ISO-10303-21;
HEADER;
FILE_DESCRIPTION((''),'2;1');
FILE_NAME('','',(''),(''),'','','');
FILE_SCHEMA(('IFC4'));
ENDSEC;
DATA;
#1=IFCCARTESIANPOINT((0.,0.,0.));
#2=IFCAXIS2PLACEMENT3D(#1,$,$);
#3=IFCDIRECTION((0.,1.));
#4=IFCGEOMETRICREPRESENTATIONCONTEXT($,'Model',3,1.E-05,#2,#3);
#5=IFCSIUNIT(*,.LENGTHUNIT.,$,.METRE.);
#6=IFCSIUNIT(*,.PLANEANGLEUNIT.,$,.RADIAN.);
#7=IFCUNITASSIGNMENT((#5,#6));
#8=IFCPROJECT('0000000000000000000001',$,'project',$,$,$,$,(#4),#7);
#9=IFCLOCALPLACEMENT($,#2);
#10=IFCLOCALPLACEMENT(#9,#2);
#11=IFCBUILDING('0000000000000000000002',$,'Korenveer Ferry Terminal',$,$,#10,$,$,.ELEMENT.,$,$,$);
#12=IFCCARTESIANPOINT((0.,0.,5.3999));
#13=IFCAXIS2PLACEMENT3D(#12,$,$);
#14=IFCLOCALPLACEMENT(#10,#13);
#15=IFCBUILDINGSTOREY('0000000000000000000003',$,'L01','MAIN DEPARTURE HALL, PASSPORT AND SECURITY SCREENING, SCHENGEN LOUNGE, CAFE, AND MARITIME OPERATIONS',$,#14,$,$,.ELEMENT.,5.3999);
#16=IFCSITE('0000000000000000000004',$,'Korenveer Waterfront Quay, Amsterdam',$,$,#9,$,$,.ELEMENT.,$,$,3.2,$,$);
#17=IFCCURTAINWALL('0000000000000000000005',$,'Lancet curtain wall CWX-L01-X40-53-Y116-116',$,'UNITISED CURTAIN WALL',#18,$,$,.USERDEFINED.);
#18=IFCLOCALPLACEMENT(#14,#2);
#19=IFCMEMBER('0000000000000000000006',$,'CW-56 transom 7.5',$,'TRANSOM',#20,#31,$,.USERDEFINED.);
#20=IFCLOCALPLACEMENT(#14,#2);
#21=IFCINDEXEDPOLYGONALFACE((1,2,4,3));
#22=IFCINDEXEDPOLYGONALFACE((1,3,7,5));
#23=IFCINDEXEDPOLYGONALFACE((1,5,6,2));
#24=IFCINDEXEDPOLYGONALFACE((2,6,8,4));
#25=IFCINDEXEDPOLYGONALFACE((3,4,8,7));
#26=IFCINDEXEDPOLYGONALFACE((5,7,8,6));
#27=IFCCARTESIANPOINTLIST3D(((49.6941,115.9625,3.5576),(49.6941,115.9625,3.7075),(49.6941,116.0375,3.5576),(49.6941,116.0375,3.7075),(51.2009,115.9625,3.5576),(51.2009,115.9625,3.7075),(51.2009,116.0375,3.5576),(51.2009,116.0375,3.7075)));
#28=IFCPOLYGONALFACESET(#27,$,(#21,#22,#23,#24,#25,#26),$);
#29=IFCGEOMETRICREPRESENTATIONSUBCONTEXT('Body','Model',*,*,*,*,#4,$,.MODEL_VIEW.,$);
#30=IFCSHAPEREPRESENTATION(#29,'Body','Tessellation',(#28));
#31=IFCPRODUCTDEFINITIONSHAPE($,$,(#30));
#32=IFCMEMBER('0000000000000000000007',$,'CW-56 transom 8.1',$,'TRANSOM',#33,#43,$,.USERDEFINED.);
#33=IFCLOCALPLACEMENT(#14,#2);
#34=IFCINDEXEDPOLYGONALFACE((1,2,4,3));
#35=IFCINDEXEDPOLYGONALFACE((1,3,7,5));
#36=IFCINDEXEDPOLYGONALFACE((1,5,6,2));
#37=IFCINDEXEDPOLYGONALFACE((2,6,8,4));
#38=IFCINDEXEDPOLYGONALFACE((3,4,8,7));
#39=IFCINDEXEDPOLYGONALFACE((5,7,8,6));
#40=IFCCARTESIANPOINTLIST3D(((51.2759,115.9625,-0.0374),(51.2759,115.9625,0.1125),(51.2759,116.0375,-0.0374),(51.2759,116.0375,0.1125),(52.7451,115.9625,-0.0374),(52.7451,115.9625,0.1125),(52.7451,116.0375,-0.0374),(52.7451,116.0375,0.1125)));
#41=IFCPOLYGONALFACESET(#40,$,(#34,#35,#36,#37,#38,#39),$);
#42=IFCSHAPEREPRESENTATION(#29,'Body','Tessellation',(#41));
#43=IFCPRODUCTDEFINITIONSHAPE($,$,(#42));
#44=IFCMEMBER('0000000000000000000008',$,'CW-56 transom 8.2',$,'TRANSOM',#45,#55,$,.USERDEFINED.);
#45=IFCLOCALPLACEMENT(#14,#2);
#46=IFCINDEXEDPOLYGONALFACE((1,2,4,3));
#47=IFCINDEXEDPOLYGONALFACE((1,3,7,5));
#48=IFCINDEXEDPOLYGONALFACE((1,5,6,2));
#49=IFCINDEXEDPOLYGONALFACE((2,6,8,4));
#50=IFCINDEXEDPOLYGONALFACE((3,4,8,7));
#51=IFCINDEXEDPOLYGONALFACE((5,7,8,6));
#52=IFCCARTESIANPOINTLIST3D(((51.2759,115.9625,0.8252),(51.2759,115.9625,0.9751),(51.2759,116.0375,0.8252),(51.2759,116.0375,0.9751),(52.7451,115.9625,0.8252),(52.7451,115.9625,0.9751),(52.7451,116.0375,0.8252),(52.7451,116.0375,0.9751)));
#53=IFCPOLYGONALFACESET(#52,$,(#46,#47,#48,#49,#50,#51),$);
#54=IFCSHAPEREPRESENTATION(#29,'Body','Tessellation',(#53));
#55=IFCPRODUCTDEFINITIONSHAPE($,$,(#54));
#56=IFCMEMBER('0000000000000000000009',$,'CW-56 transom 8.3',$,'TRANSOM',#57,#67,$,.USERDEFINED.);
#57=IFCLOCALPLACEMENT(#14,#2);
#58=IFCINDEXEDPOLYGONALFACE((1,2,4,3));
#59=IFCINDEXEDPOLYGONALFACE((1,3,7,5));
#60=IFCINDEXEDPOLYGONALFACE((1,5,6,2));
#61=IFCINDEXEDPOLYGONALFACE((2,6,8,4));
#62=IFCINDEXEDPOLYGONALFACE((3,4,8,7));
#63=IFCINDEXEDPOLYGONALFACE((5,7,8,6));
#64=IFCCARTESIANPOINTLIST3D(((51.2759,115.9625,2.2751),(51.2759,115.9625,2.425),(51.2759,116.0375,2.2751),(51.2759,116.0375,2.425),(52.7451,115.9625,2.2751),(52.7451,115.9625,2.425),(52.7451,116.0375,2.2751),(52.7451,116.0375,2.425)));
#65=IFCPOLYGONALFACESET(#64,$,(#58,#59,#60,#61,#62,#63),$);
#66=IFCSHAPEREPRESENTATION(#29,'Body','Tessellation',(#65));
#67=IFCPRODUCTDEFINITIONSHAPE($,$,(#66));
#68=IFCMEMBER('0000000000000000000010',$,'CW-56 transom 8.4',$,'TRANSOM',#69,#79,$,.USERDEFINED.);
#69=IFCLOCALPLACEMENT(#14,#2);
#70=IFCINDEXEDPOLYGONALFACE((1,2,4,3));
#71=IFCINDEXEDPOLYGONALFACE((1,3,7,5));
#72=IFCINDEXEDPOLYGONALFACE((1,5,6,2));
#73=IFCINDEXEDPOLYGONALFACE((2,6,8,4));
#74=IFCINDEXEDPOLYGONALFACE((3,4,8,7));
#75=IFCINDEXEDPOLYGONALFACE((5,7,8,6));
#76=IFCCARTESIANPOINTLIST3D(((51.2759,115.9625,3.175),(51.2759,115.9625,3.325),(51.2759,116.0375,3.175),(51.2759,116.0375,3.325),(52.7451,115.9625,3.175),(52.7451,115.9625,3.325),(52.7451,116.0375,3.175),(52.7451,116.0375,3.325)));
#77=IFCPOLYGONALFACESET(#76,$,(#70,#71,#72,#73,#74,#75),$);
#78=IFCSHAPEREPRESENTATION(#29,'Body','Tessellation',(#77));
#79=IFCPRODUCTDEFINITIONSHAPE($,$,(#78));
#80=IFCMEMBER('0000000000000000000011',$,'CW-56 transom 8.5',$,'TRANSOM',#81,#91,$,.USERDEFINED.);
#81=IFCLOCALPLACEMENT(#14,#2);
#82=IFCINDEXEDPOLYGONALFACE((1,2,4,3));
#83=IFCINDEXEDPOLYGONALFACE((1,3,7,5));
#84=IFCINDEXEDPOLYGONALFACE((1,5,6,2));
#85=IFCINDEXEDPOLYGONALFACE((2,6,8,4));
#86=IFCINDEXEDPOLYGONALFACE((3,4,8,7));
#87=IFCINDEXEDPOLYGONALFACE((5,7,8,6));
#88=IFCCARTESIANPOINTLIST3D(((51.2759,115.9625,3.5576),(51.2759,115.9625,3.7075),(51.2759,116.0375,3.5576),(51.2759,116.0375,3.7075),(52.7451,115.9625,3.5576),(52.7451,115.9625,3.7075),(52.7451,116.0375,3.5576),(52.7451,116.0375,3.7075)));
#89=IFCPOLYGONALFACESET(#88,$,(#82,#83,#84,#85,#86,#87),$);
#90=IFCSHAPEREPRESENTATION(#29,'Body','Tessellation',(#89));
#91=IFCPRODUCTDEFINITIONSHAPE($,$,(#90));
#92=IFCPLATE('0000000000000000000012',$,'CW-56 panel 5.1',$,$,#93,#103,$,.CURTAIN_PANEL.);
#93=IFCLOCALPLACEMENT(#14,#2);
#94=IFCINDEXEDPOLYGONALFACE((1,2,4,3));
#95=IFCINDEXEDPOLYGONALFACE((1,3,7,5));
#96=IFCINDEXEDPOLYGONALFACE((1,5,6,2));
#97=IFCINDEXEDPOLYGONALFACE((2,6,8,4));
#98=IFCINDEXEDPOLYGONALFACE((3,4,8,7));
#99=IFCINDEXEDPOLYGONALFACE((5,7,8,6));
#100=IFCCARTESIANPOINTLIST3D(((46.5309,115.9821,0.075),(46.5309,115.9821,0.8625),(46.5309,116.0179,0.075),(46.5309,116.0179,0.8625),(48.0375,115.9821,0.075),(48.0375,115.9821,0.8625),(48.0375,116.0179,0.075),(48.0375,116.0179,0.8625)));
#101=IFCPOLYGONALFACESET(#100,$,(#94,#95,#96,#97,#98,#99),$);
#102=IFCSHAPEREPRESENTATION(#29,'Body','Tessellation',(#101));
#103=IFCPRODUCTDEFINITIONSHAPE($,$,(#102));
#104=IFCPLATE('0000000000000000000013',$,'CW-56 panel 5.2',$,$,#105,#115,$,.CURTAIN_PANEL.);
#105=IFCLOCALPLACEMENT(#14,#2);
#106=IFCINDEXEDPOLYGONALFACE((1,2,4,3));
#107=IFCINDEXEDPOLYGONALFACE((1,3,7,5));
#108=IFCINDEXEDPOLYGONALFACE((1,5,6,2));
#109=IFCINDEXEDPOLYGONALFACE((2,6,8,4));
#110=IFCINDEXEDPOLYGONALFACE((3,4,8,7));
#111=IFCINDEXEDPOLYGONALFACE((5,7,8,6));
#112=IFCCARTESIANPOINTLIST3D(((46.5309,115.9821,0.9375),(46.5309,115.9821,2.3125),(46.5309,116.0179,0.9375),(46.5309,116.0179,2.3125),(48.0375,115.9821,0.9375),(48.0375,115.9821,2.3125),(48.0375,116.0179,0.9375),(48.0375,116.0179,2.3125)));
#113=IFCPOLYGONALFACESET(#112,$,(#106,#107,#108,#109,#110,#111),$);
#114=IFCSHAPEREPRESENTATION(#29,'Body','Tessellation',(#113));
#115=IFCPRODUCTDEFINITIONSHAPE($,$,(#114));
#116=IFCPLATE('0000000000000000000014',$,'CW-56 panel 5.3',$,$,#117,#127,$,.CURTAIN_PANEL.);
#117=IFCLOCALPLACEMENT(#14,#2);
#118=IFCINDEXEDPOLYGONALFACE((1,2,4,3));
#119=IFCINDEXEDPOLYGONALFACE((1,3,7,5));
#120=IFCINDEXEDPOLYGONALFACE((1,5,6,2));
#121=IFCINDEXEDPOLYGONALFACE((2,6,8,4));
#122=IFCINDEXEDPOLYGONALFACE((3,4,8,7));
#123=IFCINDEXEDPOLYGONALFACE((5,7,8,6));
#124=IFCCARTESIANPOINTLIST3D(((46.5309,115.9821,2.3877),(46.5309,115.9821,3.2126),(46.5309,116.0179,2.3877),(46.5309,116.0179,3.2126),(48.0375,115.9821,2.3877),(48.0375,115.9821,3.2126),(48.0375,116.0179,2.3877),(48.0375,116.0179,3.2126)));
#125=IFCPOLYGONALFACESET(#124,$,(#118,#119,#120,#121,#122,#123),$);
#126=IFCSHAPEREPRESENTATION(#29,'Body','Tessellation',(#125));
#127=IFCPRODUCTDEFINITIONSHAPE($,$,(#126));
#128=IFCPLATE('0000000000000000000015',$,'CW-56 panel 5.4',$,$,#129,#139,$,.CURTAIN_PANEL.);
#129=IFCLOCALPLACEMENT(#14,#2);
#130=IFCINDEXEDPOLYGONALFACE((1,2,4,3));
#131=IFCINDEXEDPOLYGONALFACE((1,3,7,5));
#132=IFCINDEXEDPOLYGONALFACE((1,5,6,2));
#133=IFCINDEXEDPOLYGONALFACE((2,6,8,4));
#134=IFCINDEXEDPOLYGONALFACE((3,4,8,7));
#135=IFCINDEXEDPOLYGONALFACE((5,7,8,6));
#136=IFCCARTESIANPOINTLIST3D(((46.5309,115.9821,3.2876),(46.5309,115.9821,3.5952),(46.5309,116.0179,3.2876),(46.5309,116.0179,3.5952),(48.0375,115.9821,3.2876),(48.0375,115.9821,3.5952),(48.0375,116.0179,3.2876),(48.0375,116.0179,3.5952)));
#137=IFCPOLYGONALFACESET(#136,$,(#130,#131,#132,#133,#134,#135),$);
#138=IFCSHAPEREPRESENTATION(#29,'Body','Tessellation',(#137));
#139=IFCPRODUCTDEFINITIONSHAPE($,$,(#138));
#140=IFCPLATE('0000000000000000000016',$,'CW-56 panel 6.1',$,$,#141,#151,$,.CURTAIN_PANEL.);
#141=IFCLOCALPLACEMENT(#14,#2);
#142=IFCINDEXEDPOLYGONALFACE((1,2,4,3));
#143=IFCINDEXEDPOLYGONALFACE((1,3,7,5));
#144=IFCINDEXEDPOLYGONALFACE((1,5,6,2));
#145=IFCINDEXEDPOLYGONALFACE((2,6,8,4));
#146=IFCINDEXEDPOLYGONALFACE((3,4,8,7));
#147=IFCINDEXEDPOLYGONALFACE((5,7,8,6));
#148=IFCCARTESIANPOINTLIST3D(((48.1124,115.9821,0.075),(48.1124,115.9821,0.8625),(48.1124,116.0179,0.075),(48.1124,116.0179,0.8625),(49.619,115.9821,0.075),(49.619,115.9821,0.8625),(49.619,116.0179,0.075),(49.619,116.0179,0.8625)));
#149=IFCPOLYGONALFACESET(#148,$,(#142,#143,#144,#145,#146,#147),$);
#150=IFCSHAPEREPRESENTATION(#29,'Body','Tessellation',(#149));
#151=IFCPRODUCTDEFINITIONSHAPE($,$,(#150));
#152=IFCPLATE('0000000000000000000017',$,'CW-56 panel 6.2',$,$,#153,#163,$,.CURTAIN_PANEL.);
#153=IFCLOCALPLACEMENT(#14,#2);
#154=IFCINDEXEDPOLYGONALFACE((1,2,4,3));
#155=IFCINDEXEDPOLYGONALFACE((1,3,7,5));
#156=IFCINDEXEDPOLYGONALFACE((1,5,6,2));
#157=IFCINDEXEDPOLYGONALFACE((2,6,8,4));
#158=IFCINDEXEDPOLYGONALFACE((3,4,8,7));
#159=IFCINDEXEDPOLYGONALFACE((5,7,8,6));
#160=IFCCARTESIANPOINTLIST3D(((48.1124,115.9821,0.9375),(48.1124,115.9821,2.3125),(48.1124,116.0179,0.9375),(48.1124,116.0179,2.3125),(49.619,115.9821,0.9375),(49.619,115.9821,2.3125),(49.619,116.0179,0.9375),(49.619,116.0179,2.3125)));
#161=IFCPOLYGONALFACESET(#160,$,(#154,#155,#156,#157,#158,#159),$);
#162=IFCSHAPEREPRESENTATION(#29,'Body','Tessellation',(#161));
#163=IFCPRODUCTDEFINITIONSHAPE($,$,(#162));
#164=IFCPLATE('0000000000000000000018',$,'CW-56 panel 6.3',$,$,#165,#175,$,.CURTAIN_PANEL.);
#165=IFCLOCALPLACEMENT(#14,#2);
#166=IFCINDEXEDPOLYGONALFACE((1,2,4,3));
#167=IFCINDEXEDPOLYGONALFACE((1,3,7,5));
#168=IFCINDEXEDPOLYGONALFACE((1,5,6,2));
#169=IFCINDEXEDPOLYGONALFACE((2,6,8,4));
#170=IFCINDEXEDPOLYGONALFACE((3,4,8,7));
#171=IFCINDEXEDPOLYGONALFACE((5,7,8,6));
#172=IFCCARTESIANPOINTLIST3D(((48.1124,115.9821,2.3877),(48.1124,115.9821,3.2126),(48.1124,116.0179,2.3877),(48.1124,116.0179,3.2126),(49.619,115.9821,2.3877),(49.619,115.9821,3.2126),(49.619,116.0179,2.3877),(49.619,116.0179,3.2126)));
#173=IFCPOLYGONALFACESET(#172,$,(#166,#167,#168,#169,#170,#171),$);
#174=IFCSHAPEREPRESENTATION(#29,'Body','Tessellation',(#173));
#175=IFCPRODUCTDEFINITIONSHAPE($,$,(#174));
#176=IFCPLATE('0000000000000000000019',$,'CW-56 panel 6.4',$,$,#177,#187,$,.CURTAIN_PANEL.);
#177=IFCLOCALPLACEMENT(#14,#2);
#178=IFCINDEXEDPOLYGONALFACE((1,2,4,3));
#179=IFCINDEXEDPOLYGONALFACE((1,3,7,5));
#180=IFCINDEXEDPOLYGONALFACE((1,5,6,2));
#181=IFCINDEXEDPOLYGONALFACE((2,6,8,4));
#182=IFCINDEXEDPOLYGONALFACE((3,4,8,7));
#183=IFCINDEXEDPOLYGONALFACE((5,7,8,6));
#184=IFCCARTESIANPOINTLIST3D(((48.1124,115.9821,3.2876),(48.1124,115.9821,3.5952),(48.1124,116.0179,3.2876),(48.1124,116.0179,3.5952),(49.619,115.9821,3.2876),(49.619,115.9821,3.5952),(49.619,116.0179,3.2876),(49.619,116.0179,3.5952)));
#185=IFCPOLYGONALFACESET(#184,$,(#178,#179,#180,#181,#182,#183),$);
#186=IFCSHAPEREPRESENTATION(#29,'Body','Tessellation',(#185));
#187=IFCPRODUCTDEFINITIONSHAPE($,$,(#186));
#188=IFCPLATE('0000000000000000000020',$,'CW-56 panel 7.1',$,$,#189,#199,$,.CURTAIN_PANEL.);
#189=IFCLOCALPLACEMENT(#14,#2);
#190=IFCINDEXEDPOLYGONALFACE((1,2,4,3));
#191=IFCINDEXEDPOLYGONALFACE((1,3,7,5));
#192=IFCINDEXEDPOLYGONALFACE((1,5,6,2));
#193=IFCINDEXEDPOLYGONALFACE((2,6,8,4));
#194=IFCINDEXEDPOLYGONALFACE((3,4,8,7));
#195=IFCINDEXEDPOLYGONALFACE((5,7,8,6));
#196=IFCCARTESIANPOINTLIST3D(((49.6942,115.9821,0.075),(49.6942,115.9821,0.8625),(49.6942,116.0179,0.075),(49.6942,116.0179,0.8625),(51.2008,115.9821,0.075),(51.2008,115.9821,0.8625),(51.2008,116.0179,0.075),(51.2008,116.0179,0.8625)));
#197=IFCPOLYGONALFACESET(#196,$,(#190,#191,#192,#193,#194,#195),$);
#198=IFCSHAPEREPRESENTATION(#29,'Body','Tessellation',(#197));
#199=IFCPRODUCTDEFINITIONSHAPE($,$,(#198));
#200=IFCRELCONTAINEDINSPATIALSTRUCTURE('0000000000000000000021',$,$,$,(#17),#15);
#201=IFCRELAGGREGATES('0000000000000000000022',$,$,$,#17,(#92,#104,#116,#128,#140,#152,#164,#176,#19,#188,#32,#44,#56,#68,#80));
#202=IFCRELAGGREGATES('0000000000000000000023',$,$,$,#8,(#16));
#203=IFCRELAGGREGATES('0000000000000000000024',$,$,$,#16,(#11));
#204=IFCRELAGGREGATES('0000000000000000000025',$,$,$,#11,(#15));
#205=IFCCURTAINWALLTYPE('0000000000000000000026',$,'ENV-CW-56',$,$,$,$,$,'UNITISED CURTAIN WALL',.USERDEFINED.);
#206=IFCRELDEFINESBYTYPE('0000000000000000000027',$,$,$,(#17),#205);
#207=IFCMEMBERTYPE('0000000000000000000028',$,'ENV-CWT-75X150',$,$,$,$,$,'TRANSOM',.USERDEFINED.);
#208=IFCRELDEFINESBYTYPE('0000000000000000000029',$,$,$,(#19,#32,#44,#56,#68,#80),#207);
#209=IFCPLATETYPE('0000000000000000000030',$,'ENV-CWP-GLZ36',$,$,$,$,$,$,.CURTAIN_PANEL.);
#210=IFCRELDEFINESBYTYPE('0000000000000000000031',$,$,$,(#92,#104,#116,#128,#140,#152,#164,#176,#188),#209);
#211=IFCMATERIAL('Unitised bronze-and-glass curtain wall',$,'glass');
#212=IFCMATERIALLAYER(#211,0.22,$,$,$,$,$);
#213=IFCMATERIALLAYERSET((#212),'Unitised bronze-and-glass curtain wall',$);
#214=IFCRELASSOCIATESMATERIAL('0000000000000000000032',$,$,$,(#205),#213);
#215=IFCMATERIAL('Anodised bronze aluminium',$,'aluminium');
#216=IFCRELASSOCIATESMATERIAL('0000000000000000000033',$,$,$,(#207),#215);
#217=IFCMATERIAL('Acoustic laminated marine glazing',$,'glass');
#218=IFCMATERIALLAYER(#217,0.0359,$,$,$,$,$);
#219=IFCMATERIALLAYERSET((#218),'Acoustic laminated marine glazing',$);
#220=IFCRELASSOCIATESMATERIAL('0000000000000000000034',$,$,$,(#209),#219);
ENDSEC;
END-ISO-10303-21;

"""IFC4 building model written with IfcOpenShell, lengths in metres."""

from ifc_helpers import new_model, si_unit, direction, frame, origin, origin_2d, place, context, subcontext, project, spatial, rectangle, extrude, material, layer, layer_set, material_profile, profile_set, type_object, element, aggregate, save


model = new_model("IFC4")

# Units and contexts
model_context = context("Model", 3, precision=1e-05, world=origin(), true_north=direction((0.0, 1.0)))
body_context = subcontext(model_context, "Body", "Model", "MODEL_VIEW")
ifc_project = project(units=[si_unit("LENGTHUNIT", "METRE"), si_unit("PLANEANGLEUNIT", "RADIAN")], contexts=[model_context])

# Site, building, storey
site_placement = place(None, origin())
site = spatial("IfcSite", under=ifc_project, at=site_placement, Name="Korenveer Waterfront Quay, Amsterdam", CompositionType="ELEMENT", RefElevation=3.2)
building_placement = place(site_placement, origin())
building = spatial("IfcBuilding", under=site, at=building_placement, Name="Korenveer Ferry Terminal", CompositionType="ELEMENT")
storey_placement = place(building_placement, frame((0.0, 0.0, 5.3999)))
storey = spatial("IfcBuildingStorey", under=building, at=storey_placement, Name="L01", Description="MAIN DEPARTURE HALL, PASSPORT AND SECURITY SCREENING, SCHENGEN LOUNGE, CAFE, AND MARITIME OPERATIONS", CompositionType="ELEMENT", Elevation=5.3999)

# Curtain wall, members, plates
ifc_material_1 = material(Name="Unitised bronze-and-glass curtain wall", Category="glass")
ifc_layer_1 = layer(ifc_material_1, 0.22)
ifc_layer_set_1 = layer_set([ifc_layer_1], Name="Unitised bronze-and-glass curtain wall")
curtain_wall_type = type_object("IfcCurtainWallType", Name="ENV-CW-56", ElementType="UNITISED CURTAIN WALL", PredefinedType="USERDEFINED", material=ifc_layer_set_1)
curtain_wall_placement = place(storey_placement, frame((40.1665, 116.0, 0.0)))
curtain_wall = element("IfcCurtainWall", 1, at=curtain_wall_placement, inside=storey, type_object=curtain_wall_type, Name="Lancet curtain wall CWX-L01-X40-53-Y116-116", ObjectType="UNITISED CURTAIN WALL", PredefinedType="USERDEFINED")
ifc_material_2 = material(Name="Anodised bronze aluminium", Category="aluminium")
ifc_material_profile_1 = material_profile(ifc_material_2, rectangle(XDim=0.075, YDim=0.1499, at=origin_2d()), Name="ALU 75x150")
ifc_profile_set_1 = profile_set([ifc_material_profile_1], Name="Anodised bronze aluminium")
member_type_1 = type_object("IfcMemberType", Name="ENV-CWT-75X150", ElementType="TRANSOM", PredefinedType="USERDEFINED", material=ifc_profile_set_1)
member_1_placement = place(storey_placement, frame((49.6941, 116.0, 3.6326), z_axis=(1.0, 0.0, 0.0), x_axis=(0.0, 1.0, 0.0)))
member_1 = element("IfcMember", 2, at=member_1_placement, type_object=member_type_1, Name="CW-56 transom 7.5", ObjectType="TRANSOM", PredefinedType="USERDEFINED", context=body_context, shape_type="SweptSolid", body=[
    extrude(rectangle(XDim=0.075, YDim=0.1499, at=origin_2d()), origin(), (0.0, 0.0, 1.0), 1.5068),
])
member_2_placement = place(storey_placement, frame((51.2759, 116.0, 0.0376), z_axis=(1.0, 0.0, 0.0), x_axis=(0.0, 1.0, 0.0)))
member_2 = element("IfcMember", 3, at=member_2_placement, type_object=member_type_1, Name="CW-56 transom 8.1", ObjectType="TRANSOM", PredefinedType="USERDEFINED", context=body_context, shape_type="SweptSolid", body=[
    extrude(rectangle(XDim=0.075, YDim=0.1499, at=origin_2d()), origin(), (0.0, 0.0, 1.0), 1.4692),
])
member_3_placement = place(storey_placement, frame((51.2759, 116.0, 0.9001), z_axis=(1.0, 0.0, 0.0), x_axis=(0.0, 1.0, 0.0)))
member_3 = element("IfcMember", 4, at=member_3_placement, type_object=member_type_1, Name="CW-56 transom 8.2", ObjectType="TRANSOM", PredefinedType="USERDEFINED", context=body_context, shape_type="SweptSolid", body=[
    extrude(rectangle(XDim=0.075, YDim=0.1499, at=origin_2d()), origin(), (0.0, 0.0, 1.0), 1.4692),
])
member_4_placement = place(storey_placement, frame((51.2759, 116.0, 2.3501), z_axis=(1.0, 0.0, 0.0), x_axis=(0.0, 1.0, 0.0)))
member_4 = element("IfcMember", 5, at=member_4_placement, type_object=member_type_1, Name="CW-56 transom 8.3", ObjectType="TRANSOM", PredefinedType="USERDEFINED", context=body_context, shape_type="SweptSolid", body=[
    extrude(rectangle(XDim=0.075, YDim=0.1499, at=origin_2d()), origin(), (0.0, 0.0, 1.0), 1.4692),
])
member_5_placement = place(storey_placement, frame((51.2759, 116.0, 3.25), z_axis=(1.0, 0.0, 0.0), x_axis=(0.0, 1.0, 0.0)))
member_5 = element("IfcMember", 6, at=member_5_placement, type_object=member_type_1, Name="CW-56 transom 8.4", ObjectType="TRANSOM", PredefinedType="USERDEFINED", context=body_context, shape_type="SweptSolid", body=[
    extrude(rectangle(XDim=0.075, YDim=0.1499, at=origin_2d()), origin(), (0.0, 0.0, 1.0), 1.4692),
])
member_6_placement = place(storey_placement, frame((51.2759, 116.0, 3.6326), z_axis=(1.0, 0.0, 0.0), x_axis=(0.0, 1.0, 0.0)))
member_6 = element("IfcMember", 7, at=member_6_placement, type_object=member_type_1, Name="CW-56 transom 8.5", ObjectType="TRANSOM", PredefinedType="USERDEFINED", context=body_context, shape_type="SweptSolid", body=[
    extrude(rectangle(XDim=0.075, YDim=0.1499, at=origin_2d()), origin(), (0.0, 0.0, 1.0), 1.4692),
])
ifc_material_3 = material(Name="Acoustic laminated marine glazing", Category="glass")
ifc_layer_2 = layer(ifc_material_3, 0.0359)
ifc_layer_set_2 = layer_set([ifc_layer_2], Name="Acoustic laminated marine glazing")
plate_type = type_object("IfcPlateType", Name="ENV-CWP-GLZ36", PredefinedType="CURTAIN_PANEL", material=ifc_layer_set_2)
plate_1_placement = place(storey_placement, frame((47.2842, 116.0, 0.075), z_axis=(0.0, 0.0, 1.0), x_axis=(1.0, 0.0, 0.0)))
plate_1 = element("IfcPlate", 8, at=plate_1_placement, type_object=plate_type, Name="CW-56 panel 5.1", PredefinedType="CURTAIN_PANEL", context=body_context, shape_type="SweptSolid", body=[
    extrude(rectangle(XDim=1.5066, YDim=0.0359, at=origin_2d()), origin(), (0.0, 0.0, 1.0), 0.7876),
])
plate_2_placement = place(storey_placement, frame((47.2842, 116.0, 0.9375), z_axis=(0.0, 0.0, 1.0), x_axis=(1.0, 0.0, 0.0)))
plate_2 = element("IfcPlate", 9, at=plate_2_placement, type_object=plate_type, Name="CW-56 panel 5.2", PredefinedType="CURTAIN_PANEL", context=body_context, shape_type="SweptSolid", body=[
    extrude(rectangle(XDim=1.5066, YDim=0.0359, at=origin_2d()), origin(), (0.0, 0.0, 1.0), 1.375),
])
plate_3_placement = place(storey_placement, frame((47.2842, 116.0, 2.3877), z_axis=(0.0, 0.0, 1.0), x_axis=(1.0, 0.0, 0.0)))
plate_3 = element("IfcPlate", 10, at=plate_3_placement, type_object=plate_type, Name="CW-56 panel 5.3", PredefinedType="CURTAIN_PANEL", context=body_context, shape_type="SweptSolid", body=[
    extrude(rectangle(XDim=1.5066, YDim=0.0359, at=origin_2d()), origin(), (0.0, 0.0, 1.0), 0.825),
])
plate_4_placement = place(storey_placement, frame((47.2842, 116.0, 3.2876), z_axis=(0.0, 0.0, 1.0), x_axis=(1.0, 0.0, 0.0)))
plate_4 = element("IfcPlate", 11, at=plate_4_placement, type_object=plate_type, Name="CW-56 panel 5.4", PredefinedType="CURTAIN_PANEL", context=body_context, shape_type="SweptSolid", body=[
    extrude(rectangle(XDim=1.5066, YDim=0.0359, at=origin_2d()), origin(), (0.0, 0.0, 1.0), 0.3076),
])
plate_5_placement = place(storey_placement, frame((48.8657, 116.0, 0.075), z_axis=(0.0, 0.0, 1.0), x_axis=(1.0, 0.0, 0.0)))
plate_5 = element("IfcPlate", 12, at=plate_5_placement, type_object=plate_type, Name="CW-56 panel 6.1", PredefinedType="CURTAIN_PANEL", context=body_context, shape_type="SweptSolid", body=[
    extrude(rectangle(XDim=1.5066, YDim=0.0359, at=origin_2d()), origin(), (0.0, 0.0, 1.0), 0.7876),
])
plate_6_placement = place(storey_placement, frame((48.8657, 116.0, 0.9375), z_axis=(0.0, 0.0, 1.0), x_axis=(1.0, 0.0, 0.0)))
plate_6 = element("IfcPlate", 13, at=plate_6_placement, type_object=plate_type, Name="CW-56 panel 6.2", PredefinedType="CURTAIN_PANEL", context=body_context, shape_type="SweptSolid", body=[
    extrude(rectangle(XDim=1.5066, YDim=0.0359, at=origin_2d()), origin(), (0.0, 0.0, 1.0), 1.375),
])
plate_7_placement = place(storey_placement, frame((48.8657, 116.0, 2.3877), z_axis=(0.0, 0.0, 1.0), x_axis=(1.0, 0.0, 0.0)))
plate_7 = element("IfcPlate", 14, at=plate_7_placement, type_object=plate_type, Name="CW-56 panel 6.3", PredefinedType="CURTAIN_PANEL", context=body_context, shape_type="SweptSolid", body=[
    extrude(rectangle(XDim=1.5066, YDim=0.0359, at=origin_2d()), origin(), (0.0, 0.0, 1.0), 0.825),
])
plate_8_placement = place(storey_placement, frame((48.8657, 116.0, 3.2876), z_axis=(0.0, 0.0, 1.0), x_axis=(1.0, 0.0, 0.0)))
plate_8 = element("IfcPlate", 15, at=plate_8_placement, type_object=plate_type, Name="CW-56 panel 6.4", PredefinedType="CURTAIN_PANEL", context=body_context, shape_type="SweptSolid", body=[
    extrude(rectangle(XDim=1.5066, YDim=0.0359, at=origin_2d()), origin(), (0.0, 0.0, 1.0), 0.3076),
])
plate_9_placement = place(storey_placement, frame((50.4475, 116.0, 0.075), z_axis=(0.0, 0.0, 1.0), x_axis=(1.0, 0.0, 0.0)))
plate_9 = element("IfcPlate", 16, at=plate_9_placement, type_object=plate_type, Name="CW-56 panel 7.1", PredefinedType="CURTAIN_PANEL", context=body_context, shape_type="SweptSolid", body=[
    extrude(rectangle(XDim=1.5066, YDim=0.0359, at=origin_2d()), origin(), (0.0, 0.0, 1.0), 0.7876),
])
aggregate(curtain_wall, [plate_1, plate_2, plate_3, plate_4, plate_5, plate_6, plate_7, plate_8, member_1, plate_9, member_2, member_3, member_4, member_5, member_6])

save(model, "model.ifc")
